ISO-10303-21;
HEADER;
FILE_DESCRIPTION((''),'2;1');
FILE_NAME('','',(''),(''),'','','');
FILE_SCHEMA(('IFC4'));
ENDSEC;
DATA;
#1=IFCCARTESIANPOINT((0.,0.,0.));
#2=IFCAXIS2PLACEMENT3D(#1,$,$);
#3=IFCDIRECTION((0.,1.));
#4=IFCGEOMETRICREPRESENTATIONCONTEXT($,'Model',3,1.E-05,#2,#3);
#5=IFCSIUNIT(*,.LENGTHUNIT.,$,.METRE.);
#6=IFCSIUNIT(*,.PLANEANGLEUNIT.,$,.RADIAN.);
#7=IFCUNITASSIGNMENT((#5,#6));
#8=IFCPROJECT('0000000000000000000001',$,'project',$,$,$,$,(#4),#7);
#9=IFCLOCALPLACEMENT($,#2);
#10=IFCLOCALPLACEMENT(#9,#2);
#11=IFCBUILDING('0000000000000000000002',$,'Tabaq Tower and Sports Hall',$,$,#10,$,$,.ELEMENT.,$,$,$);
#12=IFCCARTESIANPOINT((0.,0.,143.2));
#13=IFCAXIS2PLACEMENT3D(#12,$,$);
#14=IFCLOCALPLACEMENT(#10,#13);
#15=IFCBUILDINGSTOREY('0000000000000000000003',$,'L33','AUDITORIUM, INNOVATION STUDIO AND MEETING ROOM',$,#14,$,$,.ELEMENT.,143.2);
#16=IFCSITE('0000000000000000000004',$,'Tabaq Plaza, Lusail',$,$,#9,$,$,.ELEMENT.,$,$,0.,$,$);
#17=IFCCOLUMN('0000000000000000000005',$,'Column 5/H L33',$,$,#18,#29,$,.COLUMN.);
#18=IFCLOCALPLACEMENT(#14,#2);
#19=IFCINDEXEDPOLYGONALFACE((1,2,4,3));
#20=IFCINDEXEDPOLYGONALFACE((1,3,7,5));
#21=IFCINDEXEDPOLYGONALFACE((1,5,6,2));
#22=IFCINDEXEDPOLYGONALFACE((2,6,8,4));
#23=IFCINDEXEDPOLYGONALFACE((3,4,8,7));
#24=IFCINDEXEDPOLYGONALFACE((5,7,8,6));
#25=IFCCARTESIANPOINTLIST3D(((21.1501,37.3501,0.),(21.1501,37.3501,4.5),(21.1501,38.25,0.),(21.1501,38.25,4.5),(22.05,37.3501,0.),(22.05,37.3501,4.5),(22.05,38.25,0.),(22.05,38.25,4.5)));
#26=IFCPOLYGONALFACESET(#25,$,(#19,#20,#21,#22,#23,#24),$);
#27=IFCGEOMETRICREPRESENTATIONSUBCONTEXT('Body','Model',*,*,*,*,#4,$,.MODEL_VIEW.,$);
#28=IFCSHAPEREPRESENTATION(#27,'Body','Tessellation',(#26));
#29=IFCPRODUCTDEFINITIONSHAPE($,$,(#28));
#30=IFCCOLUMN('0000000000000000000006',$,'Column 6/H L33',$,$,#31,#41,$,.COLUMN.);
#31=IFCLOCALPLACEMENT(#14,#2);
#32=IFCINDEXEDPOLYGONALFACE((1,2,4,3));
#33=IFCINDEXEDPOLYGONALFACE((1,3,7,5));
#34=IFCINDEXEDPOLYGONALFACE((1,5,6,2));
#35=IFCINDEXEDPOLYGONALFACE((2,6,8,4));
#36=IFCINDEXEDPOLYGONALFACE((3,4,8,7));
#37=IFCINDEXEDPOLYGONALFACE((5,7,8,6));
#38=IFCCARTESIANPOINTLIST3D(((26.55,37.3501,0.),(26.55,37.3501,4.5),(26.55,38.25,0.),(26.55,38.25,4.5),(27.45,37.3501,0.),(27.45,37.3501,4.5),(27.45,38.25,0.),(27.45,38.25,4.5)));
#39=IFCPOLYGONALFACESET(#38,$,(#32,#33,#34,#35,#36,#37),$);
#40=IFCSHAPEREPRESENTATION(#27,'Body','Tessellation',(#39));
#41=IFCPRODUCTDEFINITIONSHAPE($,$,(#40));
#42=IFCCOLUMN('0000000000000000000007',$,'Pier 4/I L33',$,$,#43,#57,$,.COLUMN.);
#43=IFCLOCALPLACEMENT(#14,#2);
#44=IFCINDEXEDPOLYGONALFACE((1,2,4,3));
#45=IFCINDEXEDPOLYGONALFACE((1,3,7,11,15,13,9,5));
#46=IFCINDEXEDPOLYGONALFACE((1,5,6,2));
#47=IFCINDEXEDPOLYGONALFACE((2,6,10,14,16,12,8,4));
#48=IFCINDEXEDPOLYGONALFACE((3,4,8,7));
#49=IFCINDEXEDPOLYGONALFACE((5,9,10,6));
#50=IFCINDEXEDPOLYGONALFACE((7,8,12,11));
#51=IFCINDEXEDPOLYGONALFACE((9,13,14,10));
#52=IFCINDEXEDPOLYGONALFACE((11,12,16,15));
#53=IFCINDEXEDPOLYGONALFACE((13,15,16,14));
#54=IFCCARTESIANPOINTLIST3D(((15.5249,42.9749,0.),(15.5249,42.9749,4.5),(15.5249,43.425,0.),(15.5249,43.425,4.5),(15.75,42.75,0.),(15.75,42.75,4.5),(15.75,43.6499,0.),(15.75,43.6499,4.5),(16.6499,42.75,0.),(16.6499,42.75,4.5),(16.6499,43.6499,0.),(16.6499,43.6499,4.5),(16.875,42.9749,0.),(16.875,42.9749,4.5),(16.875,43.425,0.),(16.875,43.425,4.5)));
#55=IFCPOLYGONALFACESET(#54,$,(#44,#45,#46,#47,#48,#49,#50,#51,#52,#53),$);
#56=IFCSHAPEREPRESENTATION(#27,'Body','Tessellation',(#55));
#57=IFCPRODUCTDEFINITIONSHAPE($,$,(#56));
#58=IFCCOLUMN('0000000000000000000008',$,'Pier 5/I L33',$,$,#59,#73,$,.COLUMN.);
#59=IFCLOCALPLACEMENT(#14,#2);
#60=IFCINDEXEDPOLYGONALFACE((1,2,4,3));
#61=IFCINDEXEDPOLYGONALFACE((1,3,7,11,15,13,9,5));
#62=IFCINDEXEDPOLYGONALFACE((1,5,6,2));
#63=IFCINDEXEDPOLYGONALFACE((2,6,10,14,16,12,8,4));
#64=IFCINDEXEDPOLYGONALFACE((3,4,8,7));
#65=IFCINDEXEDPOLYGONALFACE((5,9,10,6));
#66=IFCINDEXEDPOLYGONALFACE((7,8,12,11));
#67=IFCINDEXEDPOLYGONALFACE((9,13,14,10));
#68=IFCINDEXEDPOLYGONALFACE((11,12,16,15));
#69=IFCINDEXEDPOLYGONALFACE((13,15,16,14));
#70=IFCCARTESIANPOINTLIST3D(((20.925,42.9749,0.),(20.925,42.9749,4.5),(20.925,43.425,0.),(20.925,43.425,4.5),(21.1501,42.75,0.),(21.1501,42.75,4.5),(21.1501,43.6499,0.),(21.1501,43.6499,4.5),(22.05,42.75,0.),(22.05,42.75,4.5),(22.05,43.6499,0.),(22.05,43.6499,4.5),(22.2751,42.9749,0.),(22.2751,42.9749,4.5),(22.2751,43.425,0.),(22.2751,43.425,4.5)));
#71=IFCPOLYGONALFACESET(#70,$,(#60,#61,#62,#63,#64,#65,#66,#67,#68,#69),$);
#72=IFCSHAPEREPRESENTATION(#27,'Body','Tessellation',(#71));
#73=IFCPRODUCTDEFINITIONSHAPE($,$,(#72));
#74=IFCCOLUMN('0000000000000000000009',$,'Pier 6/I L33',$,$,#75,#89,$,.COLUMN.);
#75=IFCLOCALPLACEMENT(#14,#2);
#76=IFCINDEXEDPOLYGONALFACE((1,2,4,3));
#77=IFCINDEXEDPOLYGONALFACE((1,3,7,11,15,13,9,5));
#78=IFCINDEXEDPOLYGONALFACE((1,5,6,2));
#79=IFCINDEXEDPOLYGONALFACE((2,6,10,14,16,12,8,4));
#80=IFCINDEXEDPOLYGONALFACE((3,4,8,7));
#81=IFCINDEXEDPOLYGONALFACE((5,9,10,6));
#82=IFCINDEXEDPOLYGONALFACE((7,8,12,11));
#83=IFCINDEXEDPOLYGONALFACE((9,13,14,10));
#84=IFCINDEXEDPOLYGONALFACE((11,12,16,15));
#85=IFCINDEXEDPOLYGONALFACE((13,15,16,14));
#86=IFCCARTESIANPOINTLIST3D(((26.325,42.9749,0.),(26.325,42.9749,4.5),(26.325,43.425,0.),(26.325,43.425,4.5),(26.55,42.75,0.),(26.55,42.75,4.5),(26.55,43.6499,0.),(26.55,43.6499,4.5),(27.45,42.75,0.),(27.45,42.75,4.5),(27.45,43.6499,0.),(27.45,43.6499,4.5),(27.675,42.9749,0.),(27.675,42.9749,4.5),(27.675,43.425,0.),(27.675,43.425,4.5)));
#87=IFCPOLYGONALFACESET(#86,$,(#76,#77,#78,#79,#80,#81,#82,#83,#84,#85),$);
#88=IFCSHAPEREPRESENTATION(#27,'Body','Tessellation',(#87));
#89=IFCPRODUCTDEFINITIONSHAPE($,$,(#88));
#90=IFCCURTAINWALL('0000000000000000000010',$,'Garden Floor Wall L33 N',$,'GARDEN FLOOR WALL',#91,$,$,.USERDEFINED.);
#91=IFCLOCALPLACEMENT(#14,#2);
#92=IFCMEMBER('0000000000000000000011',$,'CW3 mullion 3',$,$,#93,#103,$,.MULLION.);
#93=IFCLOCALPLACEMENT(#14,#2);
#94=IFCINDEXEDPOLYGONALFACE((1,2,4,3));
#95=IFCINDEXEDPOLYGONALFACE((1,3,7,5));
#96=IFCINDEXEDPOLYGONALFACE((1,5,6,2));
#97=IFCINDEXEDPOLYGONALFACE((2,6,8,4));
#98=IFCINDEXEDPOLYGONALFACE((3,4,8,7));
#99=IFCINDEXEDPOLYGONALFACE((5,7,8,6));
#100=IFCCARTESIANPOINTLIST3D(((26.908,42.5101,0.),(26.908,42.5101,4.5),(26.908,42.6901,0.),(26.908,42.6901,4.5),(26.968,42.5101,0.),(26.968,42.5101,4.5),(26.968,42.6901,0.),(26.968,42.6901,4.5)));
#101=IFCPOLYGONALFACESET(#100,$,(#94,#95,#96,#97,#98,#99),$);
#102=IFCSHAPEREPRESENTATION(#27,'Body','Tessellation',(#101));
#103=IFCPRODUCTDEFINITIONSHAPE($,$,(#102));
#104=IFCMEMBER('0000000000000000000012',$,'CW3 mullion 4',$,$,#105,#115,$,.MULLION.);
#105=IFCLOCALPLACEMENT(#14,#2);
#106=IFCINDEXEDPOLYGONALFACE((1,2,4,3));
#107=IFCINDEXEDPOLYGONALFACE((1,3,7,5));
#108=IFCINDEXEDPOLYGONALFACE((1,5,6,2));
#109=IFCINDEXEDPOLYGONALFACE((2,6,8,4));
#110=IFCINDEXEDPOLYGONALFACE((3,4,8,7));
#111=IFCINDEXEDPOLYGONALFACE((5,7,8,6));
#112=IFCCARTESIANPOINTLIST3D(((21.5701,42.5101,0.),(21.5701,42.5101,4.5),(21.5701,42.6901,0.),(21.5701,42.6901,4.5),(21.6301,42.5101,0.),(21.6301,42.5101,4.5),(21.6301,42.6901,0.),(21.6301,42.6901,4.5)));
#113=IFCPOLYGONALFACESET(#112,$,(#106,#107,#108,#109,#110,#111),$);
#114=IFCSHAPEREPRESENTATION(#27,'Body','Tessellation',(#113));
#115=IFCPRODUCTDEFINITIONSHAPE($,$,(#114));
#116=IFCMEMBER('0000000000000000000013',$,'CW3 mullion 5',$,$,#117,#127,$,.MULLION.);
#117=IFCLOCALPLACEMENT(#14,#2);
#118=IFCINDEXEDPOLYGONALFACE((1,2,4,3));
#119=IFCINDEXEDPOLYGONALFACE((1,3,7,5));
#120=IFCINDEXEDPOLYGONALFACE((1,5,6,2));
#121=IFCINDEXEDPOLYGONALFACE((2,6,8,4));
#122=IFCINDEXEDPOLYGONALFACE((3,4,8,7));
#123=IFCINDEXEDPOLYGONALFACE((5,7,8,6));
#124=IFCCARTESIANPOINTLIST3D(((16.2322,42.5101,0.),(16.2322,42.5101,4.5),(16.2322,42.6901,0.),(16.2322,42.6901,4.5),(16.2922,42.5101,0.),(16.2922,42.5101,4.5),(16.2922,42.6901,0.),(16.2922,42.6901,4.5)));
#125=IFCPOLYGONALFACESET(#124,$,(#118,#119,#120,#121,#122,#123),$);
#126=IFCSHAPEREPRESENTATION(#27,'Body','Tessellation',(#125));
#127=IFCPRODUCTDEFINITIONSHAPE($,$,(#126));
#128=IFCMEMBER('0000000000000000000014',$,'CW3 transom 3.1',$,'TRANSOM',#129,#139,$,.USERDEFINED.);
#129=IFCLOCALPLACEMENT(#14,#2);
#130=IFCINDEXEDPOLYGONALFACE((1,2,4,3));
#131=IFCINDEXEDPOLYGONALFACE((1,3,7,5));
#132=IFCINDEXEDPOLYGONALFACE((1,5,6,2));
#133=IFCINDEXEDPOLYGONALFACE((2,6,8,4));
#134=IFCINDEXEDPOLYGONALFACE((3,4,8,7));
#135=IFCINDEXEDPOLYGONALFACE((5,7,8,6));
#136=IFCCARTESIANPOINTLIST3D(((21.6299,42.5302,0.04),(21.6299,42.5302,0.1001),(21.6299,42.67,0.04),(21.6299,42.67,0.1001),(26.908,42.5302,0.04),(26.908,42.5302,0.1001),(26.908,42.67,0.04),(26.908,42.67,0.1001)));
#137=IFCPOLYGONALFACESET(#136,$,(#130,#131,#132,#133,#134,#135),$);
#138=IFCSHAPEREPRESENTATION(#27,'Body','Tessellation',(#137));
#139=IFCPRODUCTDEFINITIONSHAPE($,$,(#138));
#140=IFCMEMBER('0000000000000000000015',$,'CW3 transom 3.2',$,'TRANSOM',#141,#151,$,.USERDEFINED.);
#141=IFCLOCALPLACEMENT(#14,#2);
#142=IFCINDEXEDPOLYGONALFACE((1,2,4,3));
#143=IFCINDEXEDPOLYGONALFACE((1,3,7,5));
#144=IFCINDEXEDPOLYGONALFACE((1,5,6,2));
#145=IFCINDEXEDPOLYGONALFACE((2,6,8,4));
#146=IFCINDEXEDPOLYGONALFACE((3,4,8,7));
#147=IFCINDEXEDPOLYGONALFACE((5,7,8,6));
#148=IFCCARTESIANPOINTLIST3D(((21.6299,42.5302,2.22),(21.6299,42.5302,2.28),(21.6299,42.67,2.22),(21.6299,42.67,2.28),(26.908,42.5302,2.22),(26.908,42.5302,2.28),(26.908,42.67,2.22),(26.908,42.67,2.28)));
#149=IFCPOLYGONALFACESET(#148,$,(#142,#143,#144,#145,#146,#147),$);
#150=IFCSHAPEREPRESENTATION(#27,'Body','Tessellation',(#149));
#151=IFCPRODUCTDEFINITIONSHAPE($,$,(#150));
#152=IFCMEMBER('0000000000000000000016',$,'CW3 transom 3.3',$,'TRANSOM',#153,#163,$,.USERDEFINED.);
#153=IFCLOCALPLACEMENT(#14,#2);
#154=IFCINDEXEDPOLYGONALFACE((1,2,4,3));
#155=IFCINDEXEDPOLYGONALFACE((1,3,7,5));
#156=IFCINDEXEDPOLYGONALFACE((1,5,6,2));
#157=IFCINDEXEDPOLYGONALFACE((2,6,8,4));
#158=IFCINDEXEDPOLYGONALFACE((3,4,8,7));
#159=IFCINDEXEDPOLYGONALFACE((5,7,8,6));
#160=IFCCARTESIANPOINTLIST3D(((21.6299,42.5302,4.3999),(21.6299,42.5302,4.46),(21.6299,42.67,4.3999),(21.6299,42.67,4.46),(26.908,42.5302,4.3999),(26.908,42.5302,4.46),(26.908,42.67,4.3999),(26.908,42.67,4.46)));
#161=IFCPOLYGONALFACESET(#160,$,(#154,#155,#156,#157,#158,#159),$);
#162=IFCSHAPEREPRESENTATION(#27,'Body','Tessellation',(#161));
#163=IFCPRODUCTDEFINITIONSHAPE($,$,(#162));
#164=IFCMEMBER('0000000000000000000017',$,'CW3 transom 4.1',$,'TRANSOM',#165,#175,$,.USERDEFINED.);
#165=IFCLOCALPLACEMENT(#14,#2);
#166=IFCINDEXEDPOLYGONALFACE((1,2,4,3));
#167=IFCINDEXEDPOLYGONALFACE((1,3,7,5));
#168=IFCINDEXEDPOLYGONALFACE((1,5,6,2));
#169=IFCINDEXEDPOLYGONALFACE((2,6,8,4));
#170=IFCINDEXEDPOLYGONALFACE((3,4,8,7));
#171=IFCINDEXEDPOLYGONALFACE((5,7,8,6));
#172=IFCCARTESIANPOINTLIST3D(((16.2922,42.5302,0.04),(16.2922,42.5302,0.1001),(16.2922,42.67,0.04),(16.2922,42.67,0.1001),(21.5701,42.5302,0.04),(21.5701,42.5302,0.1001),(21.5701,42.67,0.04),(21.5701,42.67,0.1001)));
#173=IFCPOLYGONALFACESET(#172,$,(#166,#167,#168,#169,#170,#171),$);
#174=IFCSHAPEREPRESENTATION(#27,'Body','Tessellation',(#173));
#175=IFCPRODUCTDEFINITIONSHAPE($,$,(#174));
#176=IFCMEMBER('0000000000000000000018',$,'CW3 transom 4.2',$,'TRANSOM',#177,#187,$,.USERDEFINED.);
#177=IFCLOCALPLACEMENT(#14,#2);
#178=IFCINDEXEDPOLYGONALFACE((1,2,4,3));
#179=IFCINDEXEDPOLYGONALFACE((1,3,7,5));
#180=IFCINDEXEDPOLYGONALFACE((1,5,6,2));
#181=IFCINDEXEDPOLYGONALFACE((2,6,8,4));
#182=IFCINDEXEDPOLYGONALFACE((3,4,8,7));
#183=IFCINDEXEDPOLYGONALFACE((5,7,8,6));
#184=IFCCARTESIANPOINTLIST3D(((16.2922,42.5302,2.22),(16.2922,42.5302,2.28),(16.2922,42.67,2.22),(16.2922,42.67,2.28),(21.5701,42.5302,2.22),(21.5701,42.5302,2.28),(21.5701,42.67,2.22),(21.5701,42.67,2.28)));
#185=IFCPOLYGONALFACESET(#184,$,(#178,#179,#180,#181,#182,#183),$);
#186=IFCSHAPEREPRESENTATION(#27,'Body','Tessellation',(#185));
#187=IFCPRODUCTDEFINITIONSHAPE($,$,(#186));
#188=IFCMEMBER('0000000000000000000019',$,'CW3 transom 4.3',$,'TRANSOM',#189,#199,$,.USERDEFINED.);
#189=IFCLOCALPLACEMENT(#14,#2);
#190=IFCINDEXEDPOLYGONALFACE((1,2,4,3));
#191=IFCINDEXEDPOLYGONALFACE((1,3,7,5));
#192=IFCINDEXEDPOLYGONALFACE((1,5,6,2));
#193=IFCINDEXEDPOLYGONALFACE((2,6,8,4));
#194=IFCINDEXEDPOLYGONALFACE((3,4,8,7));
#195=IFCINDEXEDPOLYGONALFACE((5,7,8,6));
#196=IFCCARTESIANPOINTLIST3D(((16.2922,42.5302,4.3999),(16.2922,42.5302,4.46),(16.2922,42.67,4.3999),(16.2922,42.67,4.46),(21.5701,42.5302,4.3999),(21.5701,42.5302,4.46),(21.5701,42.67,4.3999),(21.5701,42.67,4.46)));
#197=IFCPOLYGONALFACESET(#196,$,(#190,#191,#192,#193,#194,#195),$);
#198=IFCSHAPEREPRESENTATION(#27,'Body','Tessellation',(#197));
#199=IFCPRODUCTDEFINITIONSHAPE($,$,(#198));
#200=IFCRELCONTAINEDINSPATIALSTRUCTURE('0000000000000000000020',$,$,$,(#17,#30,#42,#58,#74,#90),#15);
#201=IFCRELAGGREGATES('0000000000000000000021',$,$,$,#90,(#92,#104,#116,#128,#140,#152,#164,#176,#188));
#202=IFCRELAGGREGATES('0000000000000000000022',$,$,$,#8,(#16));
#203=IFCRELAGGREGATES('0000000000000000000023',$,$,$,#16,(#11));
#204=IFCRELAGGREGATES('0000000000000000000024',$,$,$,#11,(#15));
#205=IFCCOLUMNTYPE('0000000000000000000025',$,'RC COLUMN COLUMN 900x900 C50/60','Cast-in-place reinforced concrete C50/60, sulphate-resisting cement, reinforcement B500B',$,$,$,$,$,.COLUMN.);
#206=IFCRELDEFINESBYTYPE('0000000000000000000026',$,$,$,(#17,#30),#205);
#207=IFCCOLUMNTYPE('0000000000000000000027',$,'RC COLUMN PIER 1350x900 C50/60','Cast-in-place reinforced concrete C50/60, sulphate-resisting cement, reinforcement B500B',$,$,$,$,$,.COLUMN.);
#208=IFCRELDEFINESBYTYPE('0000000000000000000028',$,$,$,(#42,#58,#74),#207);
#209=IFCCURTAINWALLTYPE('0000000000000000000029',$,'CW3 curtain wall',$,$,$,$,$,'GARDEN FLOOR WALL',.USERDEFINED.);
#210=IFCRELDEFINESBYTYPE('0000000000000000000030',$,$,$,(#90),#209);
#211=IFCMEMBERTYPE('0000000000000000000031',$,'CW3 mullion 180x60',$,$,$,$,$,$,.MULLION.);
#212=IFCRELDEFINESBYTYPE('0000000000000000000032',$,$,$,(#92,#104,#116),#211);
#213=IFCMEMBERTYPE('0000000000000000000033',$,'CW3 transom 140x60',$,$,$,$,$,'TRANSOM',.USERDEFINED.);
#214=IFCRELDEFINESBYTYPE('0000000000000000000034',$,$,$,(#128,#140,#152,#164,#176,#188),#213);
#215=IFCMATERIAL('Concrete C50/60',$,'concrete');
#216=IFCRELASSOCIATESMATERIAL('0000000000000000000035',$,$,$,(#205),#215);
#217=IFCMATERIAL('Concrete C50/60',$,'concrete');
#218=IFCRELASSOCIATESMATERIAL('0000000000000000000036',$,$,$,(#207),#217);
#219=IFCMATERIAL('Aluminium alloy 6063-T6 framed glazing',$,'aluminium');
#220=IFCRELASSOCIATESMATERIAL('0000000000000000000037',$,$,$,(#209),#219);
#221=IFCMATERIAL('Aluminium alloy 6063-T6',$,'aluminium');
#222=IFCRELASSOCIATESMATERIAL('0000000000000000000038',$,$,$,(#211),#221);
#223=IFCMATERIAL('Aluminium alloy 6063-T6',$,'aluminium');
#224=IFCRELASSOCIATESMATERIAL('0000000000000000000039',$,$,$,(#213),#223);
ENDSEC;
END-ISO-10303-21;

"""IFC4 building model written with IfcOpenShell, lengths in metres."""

from ifc_helpers import new_model, si_unit, direction, frame, origin, origin_2d, place, context, subcontext, project, spatial, polyline, rectangle, outline, extrude, material, material_profile, profile_set, type_object, element, aggregate, save


model = new_model("IFC4")

# Units and contexts
model_context = context("Model", 3, precision=1e-05, world=origin(), true_north=direction((0.0, 1.0)))
body_context = subcontext(model_context, "Body", "Model", "MODEL_VIEW")
ifc_project = project(units=[si_unit("LENGTHUNIT", "METRE"), si_unit("PLANEANGLEUNIT", "RADIAN")], contexts=[model_context])

# Site, building, storey
site_placement = place(None, origin())
site = spatial("IfcSite", under=ifc_project, at=site_placement, Name="Tabaq Plaza, Lusail", CompositionType="ELEMENT", RefElevation=0.0)
building_placement = place(site_placement, origin())
building = spatial("IfcBuilding", under=site, at=building_placement, Name="Tabaq Tower and Sports Hall", CompositionType="ELEMENT")
storey_placement = place(building_placement, frame((0.0, 0.0, 143.2)))
storey = spatial("IfcBuildingStorey", under=building, at=storey_placement, Name="L33", Description="AUDITORIUM, INNOVATION STUDIO AND MEETING ROOM", CompositionType="ELEMENT", Elevation=143.2)

# Columns
ifc_material_1 = material(Name="Concrete C50/60", Category="concrete")
ifc_material_profile_1 = material_profile(ifc_material_1, rectangle(XDim=0.8999, YDim=0.8999, at=origin_2d()), Name="COLUMN 900x900")
ifc_profile_set_1 = profile_set([ifc_material_profile_1], Name="Concrete C50/60")
column_type_1 = type_object("IfcColumnType", Name="RC COLUMN COLUMN 900x900 C50/60", Description="Cast-in-place reinforced concrete C50/60, sulphate-resisting cement, reinforcement B500B", PredefinedType="COLUMN", material=ifc_profile_set_1)
for number, where, z_axis, x_axis, name in (
    (1, (21.6001, 37.8, 0.0), (0.0, 0.0, 1.0), (1.0, 0.0, 0.0), "Column 5/H L33"),
    (2, (27.0, 37.8, 0.0), (0.0, 0.0, 1.0), (1.0, 0.0, 0.0), "Column 6/H L33"),
):
    element("IfcColumn", number, at=place(storey_placement, frame(where, z_axis=z_axis, x_axis=x_axis)), inside=storey, type_object=column_type_1, Name=name, PredefinedType="COLUMN", context=body_context, shape_type="SweptSolid", body=[
        extrude(rectangle(XDim=0.8999, YDim=0.8999, at=origin_2d()), origin(), (0.0, 0.0, 1.0), 4.5),
    ])
ifc_material_2 = material(Name="Concrete C50/60", Category="concrete")
ifc_material_profile_2 = material_profile(ifc_material_2, outline(polyline([(-0.45, -0.45), (0.45, -0.45), (0.675, -0.2251), (0.675, 0.2251), (0.45, 0.45), (-0.45, 0.45), (-0.675, 0.2251), (-0.675, -0.2251), (-0.45, -0.45)])), Name="PIER 1350x900")
ifc_profile_set_2 = profile_set([ifc_material_profile_2], Name="Concrete C50/60")
column_type_2 = type_object("IfcColumnType", Name="RC COLUMN PIER 1350x900 C50/60", Description="Cast-in-place reinforced concrete C50/60, sulphate-resisting cement, reinforcement B500B", PredefinedType="COLUMN", material=ifc_profile_set_2)
for number, where, z_axis, x_axis, name in (
    (3, (16.2, 43.2, 0.0), (0.0, 0.0, 1.0), (1.0, 0.0, 0.0), "Pier 4/I L33"),
    (4, (21.6001, 43.2, 0.0), (0.0, 0.0, 1.0), (1.0, 0.0, 0.0), "Pier 5/I L33"),
    (5, (27.0, 43.2, 0.0), (0.0, 0.0, 1.0), (1.0, 0.0, 0.0), "Pier 6/I L33"),
):
    element("IfcColumn", number, at=place(storey_placement, frame(where, z_axis=z_axis, x_axis=x_axis)), inside=storey, type_object=column_type_2, Name=name, PredefinedType="COLUMN", context=body_context, shape_type="SweptSolid", body=[
        extrude(outline(polyline([(-0.45, -0.45), (0.45, -0.45), (0.675, -0.2251), (0.675, 0.2251), (0.45, 0.45), (-0.45, 0.45), (-0.675, 0.2251), (-0.675, -0.2251), (-0.45, -0.45)])), origin(), (0.0, 0.0, 1.0), 4.5),
    ])

# Curtain wall, members
ifc_material_3 = material(Name="Aluminium alloy 6063-T6 framed glazing", Category="aluminium")
curtain_wall_type = type_object("IfcCurtainWallType", Name="CW3 curtain wall", ElementType="GARDEN FLOOR WALL", PredefinedType="USERDEFINED", material=ifc_material_3)
curtain_wall_placement = place(storey_placement, origin())
curtain_wall = element("IfcCurtainWall", 6, at=curtain_wall_placement, inside=storey, type_object=curtain_wall_type, Name="Garden Floor Wall L33 N", ObjectType="GARDEN FLOOR WALL", PredefinedType="USERDEFINED")
ifc_material_4 = material(Name="Aluminium alloy 6063-T6", Category="aluminium")
ifc_material_profile_3 = material_profile(ifc_material_4, rectangle(XDim=0.1799, YDim=0.0601, at=origin_2d()), Name="MULLION 180x60")
ifc_profile_set_3 = profile_set([ifc_material_profile_3], Name="Aluminium alloy 6063-T6")
member_type_1 = type_object("IfcMemberType", Name="CW3 mullion 180x60", PredefinedType="MULLION", material=ifc_profile_set_3)
member_1_placement = place(storey_placement, frame((26.938, 42.6001, 0.0), z_axis=(0.0, 0.0, 1.0), x_axis=(0.0, -1.0, 0.0)))
member_1 = element("IfcMember", 7, at=member_1_placement, type_object=member_type_1, Name="CW3 mullion 3", PredefinedType="MULLION", context=body_context, shape_type="SweptSolid", body=[
    extrude(rectangle(XDim=0.1799, YDim=0.0601, at=origin_2d()), origin(), (0.0, 0.0, 1.0), 4.5),
])
member_2_placement = place(storey_placement, frame((21.6001, 42.6001, 0.0), z_axis=(0.0, 0.0, 1.0), x_axis=(0.0, -1.0, 0.0)))
member_2 = element("IfcMember", 8, at=member_2_placement, type_object=member_type_1, Name="CW3 mullion 4", PredefinedType="MULLION", context=body_context, shape_type="SweptSolid", body=[
    extrude(rectangle(XDim=0.1799, YDim=0.0601, at=origin_2d()), origin(), (0.0, 0.0, 1.0), 4.5),
])
member_3_placement = place(storey_placement, frame((16.2622, 42.6001, 0.0), z_axis=(0.0, 0.0, 1.0), x_axis=(0.0, -1.0, 0.0)))
member_3 = element("IfcMember", 9, at=member_3_placement, type_object=member_type_1, Name="CW3 mullion 5", PredefinedType="MULLION", context=body_context, shape_type="SweptSolid", body=[
    extrude(rectangle(XDim=0.1799, YDim=0.0601, at=origin_2d()), origin(), (0.0, 0.0, 1.0), 4.5),
])
ifc_material_5 = material(Name="Aluminium alloy 6063-T6", Category="aluminium")
ifc_material_profile_4 = material_profile(ifc_material_5, rectangle(XDim=0.1399, YDim=0.0601, at=origin_2d()), Name="TRANSOM 140x60")
ifc_profile_set_4 = profile_set([ifc_material_profile_4], Name="Aluminium alloy 6063-T6")
member_type_2 = type_object("IfcMemberType", Name="CW3 transom 140x60", ElementType="TRANSOM", PredefinedType="USERDEFINED", material=ifc_profile_set_4)
member_4_placement = place(storey_placement, frame((26.908, 42.6001, 0.0701), z_axis=(-1.0, 0.0, 0.0), x_axis=(0.0, -1.0, 0.0)))
member_4 = element("IfcMember", 10, at=member_4_placement, type_object=member_type_2, Name="CW3 transom 3.1", ObjectType="TRANSOM", PredefinedType="USERDEFINED", context=body_context, shape_type="SweptSolid", body=[
    extrude(rectangle(XDim=0.1399, YDim=0.0601, at=origin_2d()), origin(), (0.0, 0.0, 1.0), 5.2781),
])
member_5_placement = place(storey_placement, frame((26.908, 42.6001, 2.25), z_axis=(-1.0, 0.0, 0.0), x_axis=(0.0, -1.0, 0.0)))
member_5 = element("IfcMember", 11, at=member_5_placement, type_object=member_type_2, Name="CW3 transom 3.2", ObjectType="TRANSOM", PredefinedType="USERDEFINED", context=body_context, shape_type="SweptSolid", body=[
    extrude(rectangle(XDim=0.1399, YDim=0.0601, at=origin_2d()), origin(), (0.0, 0.0, 1.0), 5.2781),
])
member_6_placement = place(storey_placement, frame((26.908, 42.6001, 4.4299), z_axis=(-1.0, 0.0, 0.0), x_axis=(0.0, -1.0, 0.0)))
member_6 = element("IfcMember", 12, at=member_6_placement, type_object=member_type_2, Name="CW3 transom 3.3", ObjectType="TRANSOM", PredefinedType="USERDEFINED", context=body_context, shape_type="SweptSolid", body=[
    extrude(rectangle(XDim=0.1399, YDim=0.0601, at=origin_2d()), origin(), (0.0, 0.0, 1.0), 5.2781),
])
member_7_placement = place(storey_placement, frame((21.5701, 42.6001, 0.0701), z_axis=(-1.0, 0.0, 0.0), x_axis=(0.0, -1.0, 0.0)))
member_7 = element("IfcMember", 13, at=member_7_placement, type_object=member_type_2, Name="CW3 transom 4.1", ObjectType="TRANSOM", PredefinedType="USERDEFINED", context=body_context, shape_type="SweptSolid", body=[
    extrude(rectangle(XDim=0.1399, YDim=0.0601, at=origin_2d()), origin(), (0.0, 0.0, 1.0), 5.2778),
])
member_8_placement = place(storey_placement, frame((21.5701, 42.6001, 2.25), z_axis=(-1.0, 0.0, 0.0), x_axis=(0.0, -1.0, 0.0)))
member_8 = element("IfcMember", 14, at=member_8_placement, type_object=member_type_2, Name="CW3 transom 4.2", ObjectType="TRANSOM", PredefinedType="USERDEFINED", context=body_context, shape_type="SweptSolid", body=[
    extrude(rectangle(XDim=0.1399, YDim=0.0601, at=origin_2d()), origin(), (0.0, 0.0, 1.0), 5.2778),
])
member_9_placement = place(storey_placement, frame((21.5701, 42.6001, 4.4299), z_axis=(-1.0, 0.0, 0.0), x_axis=(0.0, -1.0, 0.0)))
member_9 = element("IfcMember", 15, at=member_9_placement, type_object=member_type_2, Name="CW3 transom 4.3", ObjectType="TRANSOM", PredefinedType="USERDEFINED", context=body_context, shape_type="SweptSolid", body=[
    extrude(rectangle(XDim=0.1399, YDim=0.0601, at=origin_2d()), origin(), (0.0, 0.0, 1.0), 5.2778),
])
aggregate(curtain_wall, [member_1, member_2, member_3, member_4, member_5, member_6, member_7, member_8, member_9])

save(model, "model.ifc")
